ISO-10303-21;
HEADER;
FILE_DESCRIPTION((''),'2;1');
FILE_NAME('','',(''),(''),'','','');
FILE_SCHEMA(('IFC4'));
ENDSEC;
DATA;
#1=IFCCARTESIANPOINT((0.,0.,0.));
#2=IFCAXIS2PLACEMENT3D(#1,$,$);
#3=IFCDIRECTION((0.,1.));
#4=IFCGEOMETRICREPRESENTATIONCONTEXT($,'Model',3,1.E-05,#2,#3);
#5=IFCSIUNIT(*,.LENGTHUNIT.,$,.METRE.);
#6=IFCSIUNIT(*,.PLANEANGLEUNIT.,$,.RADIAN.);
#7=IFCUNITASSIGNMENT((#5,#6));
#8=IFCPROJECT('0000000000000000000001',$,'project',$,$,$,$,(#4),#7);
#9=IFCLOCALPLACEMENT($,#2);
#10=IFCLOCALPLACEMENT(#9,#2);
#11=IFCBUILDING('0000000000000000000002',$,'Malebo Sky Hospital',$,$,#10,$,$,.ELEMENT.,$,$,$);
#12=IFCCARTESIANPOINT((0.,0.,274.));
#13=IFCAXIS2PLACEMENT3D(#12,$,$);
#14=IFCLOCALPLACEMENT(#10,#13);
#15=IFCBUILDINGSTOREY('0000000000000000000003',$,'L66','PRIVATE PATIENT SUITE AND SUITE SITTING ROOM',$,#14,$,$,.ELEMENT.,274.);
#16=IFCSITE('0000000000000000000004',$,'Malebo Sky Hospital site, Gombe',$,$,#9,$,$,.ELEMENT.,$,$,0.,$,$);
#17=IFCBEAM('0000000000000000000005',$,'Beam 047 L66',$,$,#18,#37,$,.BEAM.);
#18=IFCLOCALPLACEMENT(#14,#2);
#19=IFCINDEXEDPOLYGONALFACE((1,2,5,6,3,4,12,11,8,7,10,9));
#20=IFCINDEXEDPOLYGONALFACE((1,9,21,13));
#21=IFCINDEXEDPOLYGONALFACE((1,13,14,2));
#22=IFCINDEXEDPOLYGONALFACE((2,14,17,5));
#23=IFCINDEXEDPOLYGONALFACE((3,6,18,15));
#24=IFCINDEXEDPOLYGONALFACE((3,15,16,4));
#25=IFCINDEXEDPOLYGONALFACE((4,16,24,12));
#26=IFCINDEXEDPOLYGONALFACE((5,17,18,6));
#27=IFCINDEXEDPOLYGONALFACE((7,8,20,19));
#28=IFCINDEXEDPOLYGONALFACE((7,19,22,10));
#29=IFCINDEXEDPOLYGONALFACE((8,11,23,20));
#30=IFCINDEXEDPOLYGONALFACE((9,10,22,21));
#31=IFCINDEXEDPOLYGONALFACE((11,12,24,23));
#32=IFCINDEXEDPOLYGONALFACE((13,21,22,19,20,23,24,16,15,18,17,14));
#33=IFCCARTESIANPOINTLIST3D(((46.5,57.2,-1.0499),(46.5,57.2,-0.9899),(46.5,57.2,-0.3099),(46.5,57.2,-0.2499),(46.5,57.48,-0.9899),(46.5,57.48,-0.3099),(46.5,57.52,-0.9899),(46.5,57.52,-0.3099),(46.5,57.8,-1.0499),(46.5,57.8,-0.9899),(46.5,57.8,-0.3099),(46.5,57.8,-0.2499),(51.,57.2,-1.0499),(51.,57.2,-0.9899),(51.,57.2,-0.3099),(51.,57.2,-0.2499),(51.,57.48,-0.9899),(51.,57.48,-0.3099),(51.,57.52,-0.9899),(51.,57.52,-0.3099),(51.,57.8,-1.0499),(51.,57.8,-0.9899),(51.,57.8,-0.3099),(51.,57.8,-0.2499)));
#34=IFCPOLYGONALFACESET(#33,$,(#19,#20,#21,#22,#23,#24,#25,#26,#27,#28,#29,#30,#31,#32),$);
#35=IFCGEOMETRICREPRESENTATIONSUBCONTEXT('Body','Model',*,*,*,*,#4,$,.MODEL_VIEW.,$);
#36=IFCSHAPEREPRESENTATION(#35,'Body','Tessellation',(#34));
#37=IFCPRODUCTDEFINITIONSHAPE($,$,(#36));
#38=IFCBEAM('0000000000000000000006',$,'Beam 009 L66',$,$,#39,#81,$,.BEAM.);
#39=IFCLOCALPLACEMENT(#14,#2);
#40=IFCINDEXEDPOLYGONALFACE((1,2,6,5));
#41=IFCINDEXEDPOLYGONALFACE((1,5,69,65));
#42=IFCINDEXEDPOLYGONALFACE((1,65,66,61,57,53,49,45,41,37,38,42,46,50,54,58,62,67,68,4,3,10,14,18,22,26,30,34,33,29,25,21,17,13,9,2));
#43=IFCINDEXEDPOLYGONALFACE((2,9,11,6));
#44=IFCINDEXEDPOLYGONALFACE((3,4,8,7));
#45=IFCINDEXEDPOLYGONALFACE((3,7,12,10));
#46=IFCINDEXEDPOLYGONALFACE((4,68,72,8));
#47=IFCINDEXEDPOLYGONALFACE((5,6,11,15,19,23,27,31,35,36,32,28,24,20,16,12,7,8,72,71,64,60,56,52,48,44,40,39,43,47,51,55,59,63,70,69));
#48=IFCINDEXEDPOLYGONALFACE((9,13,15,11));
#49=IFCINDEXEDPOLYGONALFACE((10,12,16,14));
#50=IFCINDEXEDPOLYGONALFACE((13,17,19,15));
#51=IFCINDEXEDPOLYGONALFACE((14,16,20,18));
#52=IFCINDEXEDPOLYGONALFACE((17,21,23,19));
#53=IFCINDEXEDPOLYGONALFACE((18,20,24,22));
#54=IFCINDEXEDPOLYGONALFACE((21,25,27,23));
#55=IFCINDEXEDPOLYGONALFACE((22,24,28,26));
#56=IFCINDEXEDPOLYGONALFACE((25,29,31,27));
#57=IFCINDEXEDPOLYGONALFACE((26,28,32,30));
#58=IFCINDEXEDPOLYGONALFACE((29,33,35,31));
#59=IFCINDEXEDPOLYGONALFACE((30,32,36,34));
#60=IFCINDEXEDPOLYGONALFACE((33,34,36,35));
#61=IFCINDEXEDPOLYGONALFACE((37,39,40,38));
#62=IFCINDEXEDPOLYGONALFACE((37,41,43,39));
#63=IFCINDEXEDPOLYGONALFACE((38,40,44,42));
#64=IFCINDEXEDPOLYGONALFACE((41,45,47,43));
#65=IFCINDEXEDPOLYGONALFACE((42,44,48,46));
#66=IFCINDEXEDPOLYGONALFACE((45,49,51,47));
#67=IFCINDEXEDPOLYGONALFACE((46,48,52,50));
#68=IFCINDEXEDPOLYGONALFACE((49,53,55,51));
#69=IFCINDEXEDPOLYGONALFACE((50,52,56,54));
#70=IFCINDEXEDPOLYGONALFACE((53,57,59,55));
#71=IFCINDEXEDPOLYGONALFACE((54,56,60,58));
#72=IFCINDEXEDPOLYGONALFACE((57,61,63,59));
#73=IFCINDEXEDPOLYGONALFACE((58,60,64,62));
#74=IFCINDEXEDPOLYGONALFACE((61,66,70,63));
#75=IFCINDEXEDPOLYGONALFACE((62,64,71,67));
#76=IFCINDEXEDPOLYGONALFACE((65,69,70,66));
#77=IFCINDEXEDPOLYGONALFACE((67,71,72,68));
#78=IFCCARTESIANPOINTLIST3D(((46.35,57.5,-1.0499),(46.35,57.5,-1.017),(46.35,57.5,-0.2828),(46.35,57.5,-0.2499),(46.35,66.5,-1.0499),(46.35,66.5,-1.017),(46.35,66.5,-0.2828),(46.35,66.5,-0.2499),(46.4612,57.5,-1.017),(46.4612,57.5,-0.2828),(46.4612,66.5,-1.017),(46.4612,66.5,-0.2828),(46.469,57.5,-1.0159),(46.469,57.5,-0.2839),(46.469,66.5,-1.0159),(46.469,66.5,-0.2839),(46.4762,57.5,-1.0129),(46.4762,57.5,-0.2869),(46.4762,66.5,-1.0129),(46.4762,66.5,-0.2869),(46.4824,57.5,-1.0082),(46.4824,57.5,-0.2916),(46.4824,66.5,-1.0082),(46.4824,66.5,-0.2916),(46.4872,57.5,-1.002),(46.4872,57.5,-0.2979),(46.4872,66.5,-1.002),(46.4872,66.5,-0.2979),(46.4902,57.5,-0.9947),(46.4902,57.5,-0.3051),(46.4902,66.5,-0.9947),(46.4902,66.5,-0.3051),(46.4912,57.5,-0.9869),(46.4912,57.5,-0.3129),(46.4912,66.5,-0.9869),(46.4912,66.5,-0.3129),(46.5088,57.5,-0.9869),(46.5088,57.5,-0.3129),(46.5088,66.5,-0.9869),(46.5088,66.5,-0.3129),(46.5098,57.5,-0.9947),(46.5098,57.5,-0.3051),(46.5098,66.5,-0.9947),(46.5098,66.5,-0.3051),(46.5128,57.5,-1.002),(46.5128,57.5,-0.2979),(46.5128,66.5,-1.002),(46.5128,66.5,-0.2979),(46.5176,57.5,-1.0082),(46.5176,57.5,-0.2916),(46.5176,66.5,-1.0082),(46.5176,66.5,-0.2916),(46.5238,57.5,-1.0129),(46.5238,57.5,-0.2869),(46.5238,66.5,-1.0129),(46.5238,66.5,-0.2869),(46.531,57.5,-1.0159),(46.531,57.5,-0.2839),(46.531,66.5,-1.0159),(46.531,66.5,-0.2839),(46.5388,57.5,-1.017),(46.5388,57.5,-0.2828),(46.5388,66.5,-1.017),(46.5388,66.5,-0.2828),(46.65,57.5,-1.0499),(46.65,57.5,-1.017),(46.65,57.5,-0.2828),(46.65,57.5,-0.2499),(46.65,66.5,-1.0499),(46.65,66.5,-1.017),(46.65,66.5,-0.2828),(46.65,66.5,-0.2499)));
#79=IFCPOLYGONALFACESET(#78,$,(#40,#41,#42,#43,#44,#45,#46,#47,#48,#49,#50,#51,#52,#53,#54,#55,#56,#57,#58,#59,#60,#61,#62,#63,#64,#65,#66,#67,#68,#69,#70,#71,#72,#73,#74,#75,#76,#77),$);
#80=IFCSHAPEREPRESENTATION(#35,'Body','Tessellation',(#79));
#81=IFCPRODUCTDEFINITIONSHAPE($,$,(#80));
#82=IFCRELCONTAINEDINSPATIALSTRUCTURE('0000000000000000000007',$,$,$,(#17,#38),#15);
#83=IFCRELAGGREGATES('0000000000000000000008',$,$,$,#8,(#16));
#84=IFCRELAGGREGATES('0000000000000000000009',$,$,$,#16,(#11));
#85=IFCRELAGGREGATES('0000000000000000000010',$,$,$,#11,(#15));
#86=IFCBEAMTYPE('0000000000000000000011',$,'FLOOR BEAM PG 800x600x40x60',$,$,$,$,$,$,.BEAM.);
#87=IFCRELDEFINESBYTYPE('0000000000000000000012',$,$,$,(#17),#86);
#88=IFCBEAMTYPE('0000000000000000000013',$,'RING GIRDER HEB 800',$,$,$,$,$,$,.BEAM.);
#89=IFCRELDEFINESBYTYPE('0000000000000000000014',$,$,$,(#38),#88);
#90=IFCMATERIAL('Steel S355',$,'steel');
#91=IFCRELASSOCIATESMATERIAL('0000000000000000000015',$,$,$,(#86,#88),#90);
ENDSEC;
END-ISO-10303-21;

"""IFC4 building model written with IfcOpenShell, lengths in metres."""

from ifc_helpers import new_model, si_unit, direction, frame, origin, origin_2d, place, context, subcontext, project, spatial, i_section, extrude, material, material_profile, profile_set, type_object, element, save


model = new_model("IFC4")

# Units and contexts
model_context = context("Model", 3, precision=1e-05, world=origin(), true_north=direction((0.0, 1.0)))
body_context = subcontext(model_context, "Body", "Model", "MODEL_VIEW")
ifc_project = project(units=[si_unit("LENGTHUNIT", "METRE"), si_unit("PLANEANGLEUNIT", "RADIAN")], contexts=[model_context])

# Site, building, storey
site_placement = place(None, origin())
site = spatial("IfcSite", under=ifc_project, at=site_placement, Name="Malebo Sky Hospital site, Gombe", CompositionType="ELEMENT", RefElevation=0.0)
building_placement = place(site_placement, origin())
building = spatial("IfcBuilding", under=site, at=building_placement, Name="Malebo Sky Hospital", CompositionType="ELEMENT")
storey_placement = place(building_placement, frame((0.0, 0.0, 274.0)))
storey = spatial("IfcBuildingStorey", under=building, at=storey_placement, Name="L66", Description="PRIVATE PATIENT SUITE AND SUITE SITTING ROOM", CompositionType="ELEMENT", Elevation=274.0)

# Beams
ifc_material_1 = material(Name="Steel S355", Category="steel")
ifc_material_profile_1 = material_profile(ifc_material_1, i_section(OverallWidth=0.6001, OverallDepth=0.8, WebThickness=0.04, FlangeThickness=0.0601, at=origin_2d()), Name="PG 800x600x40x60")
ifc_profile_set_1 = profile_set([ifc_material_profile_1], Name="Steel S355")
beam_type_1 = type_object("IfcBeamType", Name="FLOOR BEAM PG 800x600x40x60", PredefinedType="BEAM", material=ifc_profile_set_1)
beam_1_placement = place(storey_placement, frame((46.5, 57.5, -0.6499), z_axis=(1.0, 0.0, 0.0), x_axis=(0.0, 1.0, 0.0)))
element("IfcBeam", 1, at=beam_1_placement, inside=storey, type_object=beam_type_1, Name="Beam 047 L66", PredefinedType="BEAM", context=body_context, shape_type="SweptSolid", body=[
    extrude(i_section(OverallWidth=0.6001, OverallDepth=0.8, WebThickness=0.04, FlangeThickness=0.0601, at=origin_2d()), origin(), (0.0, 0.0, 1.0), 4.5),
])
ifc_material_profile_2 = material_profile(ifc_material_1, i_section(OverallWidth=0.3, OverallDepth=0.8, WebThickness=0.0176, FlangeThickness=0.033, FilletRadius=0.03, at=origin_2d()), Name="HEB 800")
ifc_profile_set_2 = profile_set([ifc_material_profile_2], Name="Steel S355")
beam_type_2 = type_object("IfcBeamType", Name="RING GIRDER HEB 800", PredefinedType="BEAM", material=ifc_profile_set_2)
beam_2_placement = place(storey_placement, frame((46.5, 57.5, -0.6499), z_axis=(0.0, 1.0, 0.0), x_axis=(-1.0, 0.0, 0.0)))
element("IfcBeam", 2, at=beam_2_placement, inside=storey, type_object=beam_type_2, Name="Beam 009 L66", PredefinedType="BEAM", context=body_context, shape_type="SweptSolid", body=[
    extrude(i_section(OverallWidth=0.3, OverallDepth=0.8, WebThickness=0.0176, FlangeThickness=0.033, FilletRadius=0.03, at=origin_2d()), origin(), (0.0, 0.0, 1.0), 9.0),
])

save(model, "model.ifc")
